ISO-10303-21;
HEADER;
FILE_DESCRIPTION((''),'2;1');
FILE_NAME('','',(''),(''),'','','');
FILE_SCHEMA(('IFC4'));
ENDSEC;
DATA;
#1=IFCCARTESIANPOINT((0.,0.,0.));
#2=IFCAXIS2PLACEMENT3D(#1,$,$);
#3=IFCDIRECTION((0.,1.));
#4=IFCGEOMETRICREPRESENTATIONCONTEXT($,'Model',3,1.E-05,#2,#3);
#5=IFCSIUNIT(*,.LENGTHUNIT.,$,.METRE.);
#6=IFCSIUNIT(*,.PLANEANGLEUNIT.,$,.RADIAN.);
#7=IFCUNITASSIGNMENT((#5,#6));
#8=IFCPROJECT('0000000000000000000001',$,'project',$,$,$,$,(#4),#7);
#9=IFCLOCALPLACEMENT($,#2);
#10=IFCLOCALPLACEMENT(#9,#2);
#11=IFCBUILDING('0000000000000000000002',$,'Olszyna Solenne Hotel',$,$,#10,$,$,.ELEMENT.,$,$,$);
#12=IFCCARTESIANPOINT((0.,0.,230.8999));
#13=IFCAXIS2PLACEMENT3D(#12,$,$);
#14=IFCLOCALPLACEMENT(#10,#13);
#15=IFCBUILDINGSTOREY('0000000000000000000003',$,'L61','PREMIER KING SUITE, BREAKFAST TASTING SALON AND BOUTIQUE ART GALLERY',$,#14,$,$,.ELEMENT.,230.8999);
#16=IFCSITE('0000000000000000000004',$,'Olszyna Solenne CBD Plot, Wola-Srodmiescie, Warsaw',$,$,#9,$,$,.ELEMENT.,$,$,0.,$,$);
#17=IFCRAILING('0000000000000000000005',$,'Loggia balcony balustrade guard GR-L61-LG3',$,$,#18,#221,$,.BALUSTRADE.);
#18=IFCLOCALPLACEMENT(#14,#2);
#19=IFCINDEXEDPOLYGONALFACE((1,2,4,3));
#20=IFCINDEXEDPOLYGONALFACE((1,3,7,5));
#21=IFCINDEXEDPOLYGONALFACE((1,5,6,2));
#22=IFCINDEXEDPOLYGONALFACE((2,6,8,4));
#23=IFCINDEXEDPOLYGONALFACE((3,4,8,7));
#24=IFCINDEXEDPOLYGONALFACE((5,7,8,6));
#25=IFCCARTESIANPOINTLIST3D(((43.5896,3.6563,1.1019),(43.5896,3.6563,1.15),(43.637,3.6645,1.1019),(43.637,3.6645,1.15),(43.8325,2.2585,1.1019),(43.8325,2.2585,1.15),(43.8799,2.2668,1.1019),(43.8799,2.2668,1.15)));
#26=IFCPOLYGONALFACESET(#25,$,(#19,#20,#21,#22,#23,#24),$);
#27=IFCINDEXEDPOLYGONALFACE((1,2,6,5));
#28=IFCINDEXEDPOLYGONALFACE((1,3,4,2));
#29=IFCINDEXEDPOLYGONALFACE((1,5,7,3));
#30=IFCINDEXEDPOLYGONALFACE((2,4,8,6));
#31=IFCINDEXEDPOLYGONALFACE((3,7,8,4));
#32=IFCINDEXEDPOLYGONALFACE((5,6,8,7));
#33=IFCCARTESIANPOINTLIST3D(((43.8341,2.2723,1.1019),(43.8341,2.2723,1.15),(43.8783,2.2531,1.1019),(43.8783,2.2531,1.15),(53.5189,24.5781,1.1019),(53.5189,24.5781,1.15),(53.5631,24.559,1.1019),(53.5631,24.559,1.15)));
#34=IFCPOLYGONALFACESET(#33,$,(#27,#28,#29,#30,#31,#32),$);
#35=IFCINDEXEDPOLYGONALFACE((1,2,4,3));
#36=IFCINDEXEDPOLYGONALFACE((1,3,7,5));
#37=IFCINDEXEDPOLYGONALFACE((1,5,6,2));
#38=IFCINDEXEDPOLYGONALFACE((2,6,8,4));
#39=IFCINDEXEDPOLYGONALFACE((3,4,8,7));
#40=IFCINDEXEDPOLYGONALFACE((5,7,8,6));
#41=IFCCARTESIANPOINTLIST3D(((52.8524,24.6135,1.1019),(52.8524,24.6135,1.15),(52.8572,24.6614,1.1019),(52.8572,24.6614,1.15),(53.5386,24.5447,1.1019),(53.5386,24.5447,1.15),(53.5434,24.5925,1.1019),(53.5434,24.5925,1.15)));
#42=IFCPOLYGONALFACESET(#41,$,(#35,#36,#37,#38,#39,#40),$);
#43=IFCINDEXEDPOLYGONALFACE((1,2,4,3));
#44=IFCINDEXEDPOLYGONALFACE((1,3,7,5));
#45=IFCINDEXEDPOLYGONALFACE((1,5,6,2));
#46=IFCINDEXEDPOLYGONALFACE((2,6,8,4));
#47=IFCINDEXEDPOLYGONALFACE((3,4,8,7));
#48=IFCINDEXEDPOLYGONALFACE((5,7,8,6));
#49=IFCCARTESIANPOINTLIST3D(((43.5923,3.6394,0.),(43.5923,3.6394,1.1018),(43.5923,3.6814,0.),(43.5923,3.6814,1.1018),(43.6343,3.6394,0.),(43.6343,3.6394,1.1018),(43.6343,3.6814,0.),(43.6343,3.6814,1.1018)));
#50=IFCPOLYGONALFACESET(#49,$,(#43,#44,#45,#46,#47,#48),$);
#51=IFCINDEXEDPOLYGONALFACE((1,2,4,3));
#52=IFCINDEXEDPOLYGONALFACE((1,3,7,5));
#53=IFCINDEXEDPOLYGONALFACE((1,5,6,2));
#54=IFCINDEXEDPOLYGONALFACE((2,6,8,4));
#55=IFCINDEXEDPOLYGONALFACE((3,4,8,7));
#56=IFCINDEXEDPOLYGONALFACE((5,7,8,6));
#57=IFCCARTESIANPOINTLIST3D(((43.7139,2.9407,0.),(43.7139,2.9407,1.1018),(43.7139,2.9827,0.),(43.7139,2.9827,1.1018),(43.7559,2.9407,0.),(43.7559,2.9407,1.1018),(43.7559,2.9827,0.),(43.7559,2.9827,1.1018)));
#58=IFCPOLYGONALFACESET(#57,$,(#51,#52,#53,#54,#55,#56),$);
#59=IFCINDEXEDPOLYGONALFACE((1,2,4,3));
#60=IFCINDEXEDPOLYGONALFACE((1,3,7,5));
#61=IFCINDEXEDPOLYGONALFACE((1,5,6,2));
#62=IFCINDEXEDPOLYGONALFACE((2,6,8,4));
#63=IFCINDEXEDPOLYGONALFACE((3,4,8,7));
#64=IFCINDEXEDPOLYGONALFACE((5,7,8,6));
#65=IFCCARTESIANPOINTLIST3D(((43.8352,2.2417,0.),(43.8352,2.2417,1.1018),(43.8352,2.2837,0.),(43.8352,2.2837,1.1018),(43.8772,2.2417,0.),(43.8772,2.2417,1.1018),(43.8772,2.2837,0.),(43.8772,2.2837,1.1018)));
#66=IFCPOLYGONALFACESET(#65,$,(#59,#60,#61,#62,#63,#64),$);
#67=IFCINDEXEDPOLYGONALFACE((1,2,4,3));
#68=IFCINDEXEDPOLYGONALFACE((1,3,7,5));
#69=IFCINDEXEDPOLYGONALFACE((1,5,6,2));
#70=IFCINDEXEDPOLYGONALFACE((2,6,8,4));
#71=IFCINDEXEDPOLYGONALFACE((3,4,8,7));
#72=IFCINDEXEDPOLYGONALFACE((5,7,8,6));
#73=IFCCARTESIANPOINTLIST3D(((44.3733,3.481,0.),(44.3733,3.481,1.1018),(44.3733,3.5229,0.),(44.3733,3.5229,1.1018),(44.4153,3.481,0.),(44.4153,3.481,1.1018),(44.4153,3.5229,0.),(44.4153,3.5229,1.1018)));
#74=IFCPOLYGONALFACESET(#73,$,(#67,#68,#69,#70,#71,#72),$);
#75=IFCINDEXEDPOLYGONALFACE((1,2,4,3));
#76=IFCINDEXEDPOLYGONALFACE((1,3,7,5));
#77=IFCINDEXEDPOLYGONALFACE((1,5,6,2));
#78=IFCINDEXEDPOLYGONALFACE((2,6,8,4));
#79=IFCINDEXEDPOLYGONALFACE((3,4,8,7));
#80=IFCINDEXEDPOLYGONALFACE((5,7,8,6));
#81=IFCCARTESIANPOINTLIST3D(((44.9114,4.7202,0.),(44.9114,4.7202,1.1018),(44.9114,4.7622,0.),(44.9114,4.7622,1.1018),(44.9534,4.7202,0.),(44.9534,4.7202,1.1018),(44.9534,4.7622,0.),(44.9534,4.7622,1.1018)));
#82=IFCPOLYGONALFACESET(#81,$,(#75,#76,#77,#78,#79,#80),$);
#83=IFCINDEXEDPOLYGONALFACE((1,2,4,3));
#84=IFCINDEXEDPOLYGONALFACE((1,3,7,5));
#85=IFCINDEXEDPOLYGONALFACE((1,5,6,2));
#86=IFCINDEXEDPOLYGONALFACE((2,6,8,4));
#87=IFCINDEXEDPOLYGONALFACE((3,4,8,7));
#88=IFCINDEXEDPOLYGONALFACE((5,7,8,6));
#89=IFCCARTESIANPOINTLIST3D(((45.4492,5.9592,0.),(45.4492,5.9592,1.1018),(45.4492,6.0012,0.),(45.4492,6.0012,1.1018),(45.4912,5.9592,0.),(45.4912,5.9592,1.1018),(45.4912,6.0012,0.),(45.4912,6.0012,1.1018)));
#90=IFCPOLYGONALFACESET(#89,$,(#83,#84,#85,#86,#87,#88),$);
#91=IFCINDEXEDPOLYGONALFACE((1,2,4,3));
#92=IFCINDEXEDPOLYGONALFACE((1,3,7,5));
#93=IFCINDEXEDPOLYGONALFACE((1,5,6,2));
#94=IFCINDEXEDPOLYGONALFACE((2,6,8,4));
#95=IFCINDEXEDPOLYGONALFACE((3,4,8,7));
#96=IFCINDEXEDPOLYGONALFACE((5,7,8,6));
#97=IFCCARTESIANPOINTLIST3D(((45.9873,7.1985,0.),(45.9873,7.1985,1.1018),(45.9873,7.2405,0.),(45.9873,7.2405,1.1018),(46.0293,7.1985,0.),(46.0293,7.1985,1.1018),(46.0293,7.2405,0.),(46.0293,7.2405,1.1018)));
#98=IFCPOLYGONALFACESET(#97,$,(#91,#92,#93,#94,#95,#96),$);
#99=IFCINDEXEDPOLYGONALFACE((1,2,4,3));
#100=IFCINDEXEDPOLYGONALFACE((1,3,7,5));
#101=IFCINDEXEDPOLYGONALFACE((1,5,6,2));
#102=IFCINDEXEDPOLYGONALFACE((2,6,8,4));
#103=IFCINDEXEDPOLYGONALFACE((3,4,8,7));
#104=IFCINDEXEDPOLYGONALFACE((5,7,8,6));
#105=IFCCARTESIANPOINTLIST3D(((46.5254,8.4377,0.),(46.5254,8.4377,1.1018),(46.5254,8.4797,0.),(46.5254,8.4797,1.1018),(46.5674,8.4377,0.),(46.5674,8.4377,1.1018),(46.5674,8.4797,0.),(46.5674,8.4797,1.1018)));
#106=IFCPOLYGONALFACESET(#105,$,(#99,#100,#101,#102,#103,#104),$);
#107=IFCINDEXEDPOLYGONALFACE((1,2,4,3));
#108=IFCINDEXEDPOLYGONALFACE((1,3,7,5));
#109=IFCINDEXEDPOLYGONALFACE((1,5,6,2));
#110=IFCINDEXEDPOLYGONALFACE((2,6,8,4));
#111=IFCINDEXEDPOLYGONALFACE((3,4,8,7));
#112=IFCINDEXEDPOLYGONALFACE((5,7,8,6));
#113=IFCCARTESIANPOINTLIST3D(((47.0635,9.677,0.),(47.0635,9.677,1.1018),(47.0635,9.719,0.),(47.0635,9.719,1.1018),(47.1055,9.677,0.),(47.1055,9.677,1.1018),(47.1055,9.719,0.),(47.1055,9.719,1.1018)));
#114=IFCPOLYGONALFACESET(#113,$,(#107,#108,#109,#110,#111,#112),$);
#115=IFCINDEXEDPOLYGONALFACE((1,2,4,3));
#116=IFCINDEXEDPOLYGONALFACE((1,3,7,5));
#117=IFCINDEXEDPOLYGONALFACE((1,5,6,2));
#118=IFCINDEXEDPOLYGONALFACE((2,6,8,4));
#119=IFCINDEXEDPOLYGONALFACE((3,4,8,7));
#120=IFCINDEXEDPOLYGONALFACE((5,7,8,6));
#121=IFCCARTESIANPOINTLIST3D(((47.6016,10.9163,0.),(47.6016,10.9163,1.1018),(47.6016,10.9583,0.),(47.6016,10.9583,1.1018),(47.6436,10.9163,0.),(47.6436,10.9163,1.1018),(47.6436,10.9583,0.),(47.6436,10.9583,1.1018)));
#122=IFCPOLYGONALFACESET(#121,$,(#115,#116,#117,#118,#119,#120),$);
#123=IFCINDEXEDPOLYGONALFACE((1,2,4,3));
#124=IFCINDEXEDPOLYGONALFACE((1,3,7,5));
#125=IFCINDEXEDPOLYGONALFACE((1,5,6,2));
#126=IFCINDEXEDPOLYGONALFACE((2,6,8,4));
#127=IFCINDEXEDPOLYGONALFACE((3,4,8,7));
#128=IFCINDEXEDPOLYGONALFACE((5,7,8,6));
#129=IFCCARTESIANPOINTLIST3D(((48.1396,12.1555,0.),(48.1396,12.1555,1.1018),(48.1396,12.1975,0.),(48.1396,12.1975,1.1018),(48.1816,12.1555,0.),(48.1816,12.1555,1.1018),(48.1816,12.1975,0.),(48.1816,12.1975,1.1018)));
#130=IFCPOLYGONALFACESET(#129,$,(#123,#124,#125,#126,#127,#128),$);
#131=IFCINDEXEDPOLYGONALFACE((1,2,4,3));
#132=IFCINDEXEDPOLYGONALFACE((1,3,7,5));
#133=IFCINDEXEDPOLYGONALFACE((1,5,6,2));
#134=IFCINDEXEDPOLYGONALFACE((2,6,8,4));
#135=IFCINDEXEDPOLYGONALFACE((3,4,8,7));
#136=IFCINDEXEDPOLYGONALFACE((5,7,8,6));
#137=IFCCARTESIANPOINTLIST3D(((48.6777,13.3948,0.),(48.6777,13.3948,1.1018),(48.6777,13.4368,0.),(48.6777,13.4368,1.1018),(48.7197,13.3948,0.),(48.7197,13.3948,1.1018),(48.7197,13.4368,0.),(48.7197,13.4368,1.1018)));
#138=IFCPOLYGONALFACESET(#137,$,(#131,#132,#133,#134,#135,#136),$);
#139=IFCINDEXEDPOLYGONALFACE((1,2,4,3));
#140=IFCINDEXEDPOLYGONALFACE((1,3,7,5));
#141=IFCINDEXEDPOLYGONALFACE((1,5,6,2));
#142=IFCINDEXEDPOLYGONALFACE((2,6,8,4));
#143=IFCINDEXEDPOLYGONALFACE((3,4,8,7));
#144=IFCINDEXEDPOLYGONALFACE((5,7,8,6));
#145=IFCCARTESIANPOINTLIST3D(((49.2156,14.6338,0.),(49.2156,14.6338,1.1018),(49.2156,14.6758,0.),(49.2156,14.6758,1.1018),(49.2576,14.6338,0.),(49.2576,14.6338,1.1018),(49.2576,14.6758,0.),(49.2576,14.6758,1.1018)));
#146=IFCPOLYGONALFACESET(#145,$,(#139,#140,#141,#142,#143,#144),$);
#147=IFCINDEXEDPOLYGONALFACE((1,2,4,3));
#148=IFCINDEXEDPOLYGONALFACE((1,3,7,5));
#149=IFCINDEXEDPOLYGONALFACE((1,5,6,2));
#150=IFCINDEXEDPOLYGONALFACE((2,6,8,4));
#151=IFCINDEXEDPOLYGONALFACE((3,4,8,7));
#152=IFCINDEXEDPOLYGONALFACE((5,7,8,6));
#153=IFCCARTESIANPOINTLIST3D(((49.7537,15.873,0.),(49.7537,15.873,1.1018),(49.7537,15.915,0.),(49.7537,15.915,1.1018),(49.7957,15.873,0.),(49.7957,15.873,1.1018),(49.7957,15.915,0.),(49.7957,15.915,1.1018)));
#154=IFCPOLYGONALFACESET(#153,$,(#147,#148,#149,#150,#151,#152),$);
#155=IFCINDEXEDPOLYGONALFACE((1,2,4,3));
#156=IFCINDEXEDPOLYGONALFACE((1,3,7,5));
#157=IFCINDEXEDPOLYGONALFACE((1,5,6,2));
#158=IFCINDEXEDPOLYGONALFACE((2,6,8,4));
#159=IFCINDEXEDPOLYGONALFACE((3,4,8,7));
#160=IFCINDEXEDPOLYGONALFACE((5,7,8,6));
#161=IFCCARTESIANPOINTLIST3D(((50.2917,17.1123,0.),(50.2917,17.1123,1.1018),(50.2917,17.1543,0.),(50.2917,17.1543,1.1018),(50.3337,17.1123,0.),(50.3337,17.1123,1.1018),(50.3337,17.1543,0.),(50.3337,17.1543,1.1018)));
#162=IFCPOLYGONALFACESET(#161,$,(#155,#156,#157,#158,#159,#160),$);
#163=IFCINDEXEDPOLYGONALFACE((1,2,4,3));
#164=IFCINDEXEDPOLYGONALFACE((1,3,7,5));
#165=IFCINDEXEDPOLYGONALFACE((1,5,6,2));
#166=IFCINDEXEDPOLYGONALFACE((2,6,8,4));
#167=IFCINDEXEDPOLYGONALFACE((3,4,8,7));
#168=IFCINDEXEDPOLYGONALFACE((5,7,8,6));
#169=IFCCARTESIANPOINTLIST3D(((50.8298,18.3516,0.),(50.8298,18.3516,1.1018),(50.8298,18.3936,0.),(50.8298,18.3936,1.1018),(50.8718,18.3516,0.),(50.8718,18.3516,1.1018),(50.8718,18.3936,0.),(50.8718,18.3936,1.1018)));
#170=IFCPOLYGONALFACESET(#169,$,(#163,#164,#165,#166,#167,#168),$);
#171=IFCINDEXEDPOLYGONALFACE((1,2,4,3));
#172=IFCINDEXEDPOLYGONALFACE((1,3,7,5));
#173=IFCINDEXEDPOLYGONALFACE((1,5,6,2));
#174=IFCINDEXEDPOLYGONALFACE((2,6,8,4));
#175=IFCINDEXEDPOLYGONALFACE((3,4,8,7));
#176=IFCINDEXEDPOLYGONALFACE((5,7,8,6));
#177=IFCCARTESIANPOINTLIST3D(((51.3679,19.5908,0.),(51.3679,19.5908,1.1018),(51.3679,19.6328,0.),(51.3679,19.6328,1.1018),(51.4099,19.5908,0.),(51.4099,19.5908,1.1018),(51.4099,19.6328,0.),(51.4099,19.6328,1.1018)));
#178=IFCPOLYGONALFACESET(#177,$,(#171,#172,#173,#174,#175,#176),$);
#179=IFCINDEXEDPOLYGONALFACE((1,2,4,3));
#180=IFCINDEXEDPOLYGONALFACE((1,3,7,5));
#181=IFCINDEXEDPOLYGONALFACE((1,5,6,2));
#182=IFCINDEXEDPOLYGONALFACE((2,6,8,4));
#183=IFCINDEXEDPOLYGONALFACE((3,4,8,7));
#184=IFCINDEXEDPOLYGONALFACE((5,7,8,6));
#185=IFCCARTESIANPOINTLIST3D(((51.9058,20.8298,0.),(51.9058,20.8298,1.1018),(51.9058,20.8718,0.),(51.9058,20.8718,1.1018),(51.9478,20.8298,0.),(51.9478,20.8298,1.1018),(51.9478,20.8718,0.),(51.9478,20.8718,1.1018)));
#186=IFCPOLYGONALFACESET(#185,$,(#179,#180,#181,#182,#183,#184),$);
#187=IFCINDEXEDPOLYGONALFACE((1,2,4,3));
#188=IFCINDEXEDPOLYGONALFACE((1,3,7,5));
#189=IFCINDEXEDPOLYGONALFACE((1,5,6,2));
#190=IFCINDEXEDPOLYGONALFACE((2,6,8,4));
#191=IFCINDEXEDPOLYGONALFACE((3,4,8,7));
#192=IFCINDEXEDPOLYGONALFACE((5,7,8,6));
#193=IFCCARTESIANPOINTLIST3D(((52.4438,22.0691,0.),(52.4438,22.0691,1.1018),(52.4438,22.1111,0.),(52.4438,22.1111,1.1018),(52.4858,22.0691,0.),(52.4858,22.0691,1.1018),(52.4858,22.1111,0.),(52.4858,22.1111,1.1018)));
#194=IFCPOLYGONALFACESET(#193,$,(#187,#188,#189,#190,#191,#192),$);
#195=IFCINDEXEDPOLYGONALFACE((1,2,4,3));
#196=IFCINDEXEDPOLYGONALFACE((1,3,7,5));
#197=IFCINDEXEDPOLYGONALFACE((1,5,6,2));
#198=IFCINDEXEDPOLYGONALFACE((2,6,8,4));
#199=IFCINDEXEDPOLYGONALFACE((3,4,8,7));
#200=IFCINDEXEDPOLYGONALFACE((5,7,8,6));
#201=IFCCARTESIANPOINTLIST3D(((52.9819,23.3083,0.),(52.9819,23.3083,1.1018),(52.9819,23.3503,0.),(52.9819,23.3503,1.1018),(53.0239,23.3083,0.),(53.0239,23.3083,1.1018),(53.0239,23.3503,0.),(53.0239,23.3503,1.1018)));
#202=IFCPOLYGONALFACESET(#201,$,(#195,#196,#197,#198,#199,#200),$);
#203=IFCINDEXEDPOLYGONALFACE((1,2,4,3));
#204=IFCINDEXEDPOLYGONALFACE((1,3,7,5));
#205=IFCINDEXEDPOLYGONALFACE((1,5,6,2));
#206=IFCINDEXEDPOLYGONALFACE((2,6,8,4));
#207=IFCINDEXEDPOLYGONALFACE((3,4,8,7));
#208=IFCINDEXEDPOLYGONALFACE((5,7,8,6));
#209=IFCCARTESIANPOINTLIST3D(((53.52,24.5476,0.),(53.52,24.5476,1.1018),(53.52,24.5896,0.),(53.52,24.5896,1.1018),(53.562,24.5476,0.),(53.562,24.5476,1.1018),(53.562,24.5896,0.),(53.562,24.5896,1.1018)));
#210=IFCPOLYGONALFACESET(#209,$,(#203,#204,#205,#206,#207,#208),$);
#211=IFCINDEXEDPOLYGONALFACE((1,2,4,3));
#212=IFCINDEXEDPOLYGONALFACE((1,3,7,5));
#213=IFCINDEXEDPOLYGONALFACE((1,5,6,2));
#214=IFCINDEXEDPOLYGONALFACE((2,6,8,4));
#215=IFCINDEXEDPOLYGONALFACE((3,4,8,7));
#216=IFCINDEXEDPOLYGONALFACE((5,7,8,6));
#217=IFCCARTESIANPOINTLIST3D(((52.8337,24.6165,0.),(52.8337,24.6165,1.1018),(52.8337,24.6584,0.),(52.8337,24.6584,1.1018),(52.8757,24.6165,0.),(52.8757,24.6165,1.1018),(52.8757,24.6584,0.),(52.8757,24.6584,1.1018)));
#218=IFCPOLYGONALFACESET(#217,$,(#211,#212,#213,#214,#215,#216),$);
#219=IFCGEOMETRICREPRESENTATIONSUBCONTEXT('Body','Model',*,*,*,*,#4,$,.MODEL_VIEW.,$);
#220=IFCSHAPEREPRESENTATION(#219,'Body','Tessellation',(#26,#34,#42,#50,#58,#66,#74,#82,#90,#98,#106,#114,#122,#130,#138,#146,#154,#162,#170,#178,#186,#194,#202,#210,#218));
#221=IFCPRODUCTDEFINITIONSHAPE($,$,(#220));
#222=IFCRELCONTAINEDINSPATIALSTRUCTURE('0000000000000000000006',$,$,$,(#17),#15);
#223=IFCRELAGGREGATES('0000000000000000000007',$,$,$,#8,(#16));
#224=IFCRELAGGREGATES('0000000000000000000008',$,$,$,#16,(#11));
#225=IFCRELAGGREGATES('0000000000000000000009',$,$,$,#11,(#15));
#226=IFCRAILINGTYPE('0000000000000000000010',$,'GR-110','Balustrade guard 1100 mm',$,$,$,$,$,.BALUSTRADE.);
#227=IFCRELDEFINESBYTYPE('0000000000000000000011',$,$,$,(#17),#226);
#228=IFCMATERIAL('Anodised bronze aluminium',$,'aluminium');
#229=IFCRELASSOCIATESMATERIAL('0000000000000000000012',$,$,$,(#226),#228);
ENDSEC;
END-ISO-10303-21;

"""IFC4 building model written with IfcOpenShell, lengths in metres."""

from ifc_helpers import new_model, si_unit, direction, frame, origin, origin_2d, place, context, subcontext, project, spatial, rectangle, extrude, material, type_object, element, save


model = new_model("IFC4")

# Units and contexts
model_context = context("Model", 3, precision=1e-05, world=origin(), true_north=direction((0.0, 1.0)))
body_context = subcontext(model_context, "Body", "Model", "MODEL_VIEW")
ifc_project = project(units=[si_unit("LENGTHUNIT", "METRE"), si_unit("PLANEANGLEUNIT", "RADIAN")], contexts=[model_context])

# Site, building, storey
site_placement = place(None, origin())
site = spatial("IfcSite", under=ifc_project, at=site_placement, Name="Olszyna Solenne CBD Plot, Wola-Srodmiescie, Warsaw", CompositionType="ELEMENT", RefElevation=0.0)
building_placement = place(site_placement, origin())
building = spatial("IfcBuilding", under=site, at=building_placement, Name="Olszyna Solenne Hotel", CompositionType="ELEMENT")
storey_placement = place(building_placement, frame((0.0, 0.0, 230.8999)))
storey = spatial("IfcBuildingStorey", under=building, at=storey_placement, Name="L61", Description="PREMIER KING SUITE, BREAKFAST TASTING SALON AND BOUTIQUE ART GALLERY", CompositionType="ELEMENT", Elevation=230.8999)

# Shared definitions
ifc_material_1 = material(Name="Anodised bronze aluminium", Category="aluminium")

# Railing
railing_type = type_object("IfcRailingType", Name="GR-110", Description="Balustrade guard 1100 mm", PredefinedType="BALUSTRADE", material=ifc_material_1)
railing_1_placement = place(storey_placement, frame((43.6133, 3.6604, 0.0)))
element("IfcRailing", 1, at=railing_1_placement, inside=storey, type_object=railing_type, Name="Loggia balcony balustrade guard GR-L61-LG3", PredefinedType="BALUSTRADE", context=body_context, shape_type="SweptSolid", body=[
    extrude(rectangle(XDim=0.0481, YDim=0.0481, at=origin_2d()), frame((0.0, 0.0, 1.126), z_axis=(0.171232, -0.985231, 0.0), x_axis=(0.985231, 0.171232, 0.0)), (0.0, 0.0, 1.0), 1.4187),
    extrude(rectangle(XDim=0.0481, YDim=0.0481, at=origin_2d()), frame((0.2429, -1.3977, 1.126), z_axis=(0.398262, 0.917272, 0.0), x_axis=(-0.917272, 0.398262, 0.0)), (0.0, 0.0, 1.0), 24.3176),
    extrude(rectangle(XDim=0.0481, YDim=0.0481, at=origin_2d()), frame((9.9277, 20.9082, 1.126), z_axis=(-0.995006, 0.099819, 0.0), x_axis=(-0.099819, -0.995006, 0.0)), (0.0, 0.0, 1.0), 0.6897),
    extrude(rectangle(XDim=0.042, YDim=0.042, at=origin_2d()), origin(), (0.0, 0.0, 1.0), 1.1018),
    extrude(rectangle(XDim=0.042, YDim=0.042, at=origin_2d()), frame((0.1216, -0.6987, 0.0)), (0.0, 0.0, 1.0), 1.1018),
    extrude(rectangle(XDim=0.042, YDim=0.042, at=origin_2d()), frame((0.2429, -1.3977, 0.0)), (0.0, 0.0, 1.0), 1.1018),
    extrude(rectangle(XDim=0.042, YDim=0.042, at=origin_2d()), frame((0.781, -0.1584, 0.0)), (0.0, 0.0, 1.0), 1.1018),
    extrude(rectangle(XDim=0.042, YDim=0.042, at=origin_2d()), frame((1.3191, 1.0808, 0.0)), (0.0, 0.0, 1.0), 1.1018),
    extrude(rectangle(XDim=0.042, YDim=0.042, at=origin_2d()), frame((1.8569, 2.3198, 0.0)), (0.0, 0.0, 1.0), 1.1018),
    extrude(rectangle(XDim=0.042, YDim=0.042, at=origin_2d()), frame((2.395, 3.5591, 0.0)), (0.0, 0.0, 1.0), 1.1018),
    extrude(rectangle(XDim=0.042, YDim=0.042, at=origin_2d()), frame((2.9331, 4.7983, 0.0)), (0.0, 0.0, 1.0), 1.1018),
    extrude(rectangle(XDim=0.042, YDim=0.042, at=origin_2d()), frame((3.4712, 6.0376, 0.0)), (0.0, 0.0, 1.0), 1.1018),
    extrude(rectangle(XDim=0.042, YDim=0.042, at=origin_2d()), frame((4.0093, 7.2769, 0.0)), (0.0, 0.0, 1.0), 1.1018),
    extrude(rectangle(XDim=0.042, YDim=0.042, at=origin_2d()), frame((4.5474, 8.5161, 0.0)), (0.0, 0.0, 1.0), 1.1018),
    extrude(rectangle(XDim=0.042, YDim=0.042, at=origin_2d()), frame((5.0854, 9.7554, 0.0)), (0.0, 0.0, 1.0), 1.1018),
    extrude(rectangle(XDim=0.042, YDim=0.042, at=origin_2d()), frame((5.6233, 10.9944, 0.0)), (0.0, 0.0, 1.0), 1.1018),
    extrude(rectangle(XDim=0.042, YDim=0.042, at=origin_2d()), frame((6.1614, 12.2336, 0.0)), (0.0, 0.0, 1.0), 1.1018),
    extrude(rectangle(XDim=0.042, YDim=0.042, at=origin_2d()), frame((6.6995, 13.4729, 0.0)), (0.0, 0.0, 1.0), 1.1018),
    extrude(rectangle(XDim=0.042, YDim=0.042, at=origin_2d()), frame((7.2375, 14.7122, 0.0)), (0.0, 0.0, 1.0), 1.1018),
    extrude(rectangle(XDim=0.042, YDim=0.042, at=origin_2d()), frame((7.7756, 15.9514, 0.0)), (0.0, 0.0, 1.0), 1.1018),
    extrude(rectangle(XDim=0.042, YDim=0.042, at=origin_2d()), frame((8.3135, 17.1904, 0.0)), (0.0, 0.0, 1.0), 1.1018),
    extrude(rectangle(XDim=0.042, YDim=0.042, at=origin_2d()), frame((8.8516, 18.4297, 0.0)), (0.0, 0.0, 1.0), 1.1018),
    extrude(rectangle(XDim=0.042, YDim=0.042, at=origin_2d()), frame((9.3896, 19.6689, 0.0)), (0.0, 0.0, 1.0), 1.1018),
    extrude(rectangle(XDim=0.042, YDim=0.042, at=origin_2d()), frame((9.9277, 20.9082, 0.0)), (0.0, 0.0, 1.0), 1.1018),
    extrude(rectangle(XDim=0.042, YDim=0.042, at=origin_2d()), frame((9.2415, 20.9771, 0.0)), (0.0, 0.0, 1.0), 1.1018),
])

save(model, "model.ifc")
